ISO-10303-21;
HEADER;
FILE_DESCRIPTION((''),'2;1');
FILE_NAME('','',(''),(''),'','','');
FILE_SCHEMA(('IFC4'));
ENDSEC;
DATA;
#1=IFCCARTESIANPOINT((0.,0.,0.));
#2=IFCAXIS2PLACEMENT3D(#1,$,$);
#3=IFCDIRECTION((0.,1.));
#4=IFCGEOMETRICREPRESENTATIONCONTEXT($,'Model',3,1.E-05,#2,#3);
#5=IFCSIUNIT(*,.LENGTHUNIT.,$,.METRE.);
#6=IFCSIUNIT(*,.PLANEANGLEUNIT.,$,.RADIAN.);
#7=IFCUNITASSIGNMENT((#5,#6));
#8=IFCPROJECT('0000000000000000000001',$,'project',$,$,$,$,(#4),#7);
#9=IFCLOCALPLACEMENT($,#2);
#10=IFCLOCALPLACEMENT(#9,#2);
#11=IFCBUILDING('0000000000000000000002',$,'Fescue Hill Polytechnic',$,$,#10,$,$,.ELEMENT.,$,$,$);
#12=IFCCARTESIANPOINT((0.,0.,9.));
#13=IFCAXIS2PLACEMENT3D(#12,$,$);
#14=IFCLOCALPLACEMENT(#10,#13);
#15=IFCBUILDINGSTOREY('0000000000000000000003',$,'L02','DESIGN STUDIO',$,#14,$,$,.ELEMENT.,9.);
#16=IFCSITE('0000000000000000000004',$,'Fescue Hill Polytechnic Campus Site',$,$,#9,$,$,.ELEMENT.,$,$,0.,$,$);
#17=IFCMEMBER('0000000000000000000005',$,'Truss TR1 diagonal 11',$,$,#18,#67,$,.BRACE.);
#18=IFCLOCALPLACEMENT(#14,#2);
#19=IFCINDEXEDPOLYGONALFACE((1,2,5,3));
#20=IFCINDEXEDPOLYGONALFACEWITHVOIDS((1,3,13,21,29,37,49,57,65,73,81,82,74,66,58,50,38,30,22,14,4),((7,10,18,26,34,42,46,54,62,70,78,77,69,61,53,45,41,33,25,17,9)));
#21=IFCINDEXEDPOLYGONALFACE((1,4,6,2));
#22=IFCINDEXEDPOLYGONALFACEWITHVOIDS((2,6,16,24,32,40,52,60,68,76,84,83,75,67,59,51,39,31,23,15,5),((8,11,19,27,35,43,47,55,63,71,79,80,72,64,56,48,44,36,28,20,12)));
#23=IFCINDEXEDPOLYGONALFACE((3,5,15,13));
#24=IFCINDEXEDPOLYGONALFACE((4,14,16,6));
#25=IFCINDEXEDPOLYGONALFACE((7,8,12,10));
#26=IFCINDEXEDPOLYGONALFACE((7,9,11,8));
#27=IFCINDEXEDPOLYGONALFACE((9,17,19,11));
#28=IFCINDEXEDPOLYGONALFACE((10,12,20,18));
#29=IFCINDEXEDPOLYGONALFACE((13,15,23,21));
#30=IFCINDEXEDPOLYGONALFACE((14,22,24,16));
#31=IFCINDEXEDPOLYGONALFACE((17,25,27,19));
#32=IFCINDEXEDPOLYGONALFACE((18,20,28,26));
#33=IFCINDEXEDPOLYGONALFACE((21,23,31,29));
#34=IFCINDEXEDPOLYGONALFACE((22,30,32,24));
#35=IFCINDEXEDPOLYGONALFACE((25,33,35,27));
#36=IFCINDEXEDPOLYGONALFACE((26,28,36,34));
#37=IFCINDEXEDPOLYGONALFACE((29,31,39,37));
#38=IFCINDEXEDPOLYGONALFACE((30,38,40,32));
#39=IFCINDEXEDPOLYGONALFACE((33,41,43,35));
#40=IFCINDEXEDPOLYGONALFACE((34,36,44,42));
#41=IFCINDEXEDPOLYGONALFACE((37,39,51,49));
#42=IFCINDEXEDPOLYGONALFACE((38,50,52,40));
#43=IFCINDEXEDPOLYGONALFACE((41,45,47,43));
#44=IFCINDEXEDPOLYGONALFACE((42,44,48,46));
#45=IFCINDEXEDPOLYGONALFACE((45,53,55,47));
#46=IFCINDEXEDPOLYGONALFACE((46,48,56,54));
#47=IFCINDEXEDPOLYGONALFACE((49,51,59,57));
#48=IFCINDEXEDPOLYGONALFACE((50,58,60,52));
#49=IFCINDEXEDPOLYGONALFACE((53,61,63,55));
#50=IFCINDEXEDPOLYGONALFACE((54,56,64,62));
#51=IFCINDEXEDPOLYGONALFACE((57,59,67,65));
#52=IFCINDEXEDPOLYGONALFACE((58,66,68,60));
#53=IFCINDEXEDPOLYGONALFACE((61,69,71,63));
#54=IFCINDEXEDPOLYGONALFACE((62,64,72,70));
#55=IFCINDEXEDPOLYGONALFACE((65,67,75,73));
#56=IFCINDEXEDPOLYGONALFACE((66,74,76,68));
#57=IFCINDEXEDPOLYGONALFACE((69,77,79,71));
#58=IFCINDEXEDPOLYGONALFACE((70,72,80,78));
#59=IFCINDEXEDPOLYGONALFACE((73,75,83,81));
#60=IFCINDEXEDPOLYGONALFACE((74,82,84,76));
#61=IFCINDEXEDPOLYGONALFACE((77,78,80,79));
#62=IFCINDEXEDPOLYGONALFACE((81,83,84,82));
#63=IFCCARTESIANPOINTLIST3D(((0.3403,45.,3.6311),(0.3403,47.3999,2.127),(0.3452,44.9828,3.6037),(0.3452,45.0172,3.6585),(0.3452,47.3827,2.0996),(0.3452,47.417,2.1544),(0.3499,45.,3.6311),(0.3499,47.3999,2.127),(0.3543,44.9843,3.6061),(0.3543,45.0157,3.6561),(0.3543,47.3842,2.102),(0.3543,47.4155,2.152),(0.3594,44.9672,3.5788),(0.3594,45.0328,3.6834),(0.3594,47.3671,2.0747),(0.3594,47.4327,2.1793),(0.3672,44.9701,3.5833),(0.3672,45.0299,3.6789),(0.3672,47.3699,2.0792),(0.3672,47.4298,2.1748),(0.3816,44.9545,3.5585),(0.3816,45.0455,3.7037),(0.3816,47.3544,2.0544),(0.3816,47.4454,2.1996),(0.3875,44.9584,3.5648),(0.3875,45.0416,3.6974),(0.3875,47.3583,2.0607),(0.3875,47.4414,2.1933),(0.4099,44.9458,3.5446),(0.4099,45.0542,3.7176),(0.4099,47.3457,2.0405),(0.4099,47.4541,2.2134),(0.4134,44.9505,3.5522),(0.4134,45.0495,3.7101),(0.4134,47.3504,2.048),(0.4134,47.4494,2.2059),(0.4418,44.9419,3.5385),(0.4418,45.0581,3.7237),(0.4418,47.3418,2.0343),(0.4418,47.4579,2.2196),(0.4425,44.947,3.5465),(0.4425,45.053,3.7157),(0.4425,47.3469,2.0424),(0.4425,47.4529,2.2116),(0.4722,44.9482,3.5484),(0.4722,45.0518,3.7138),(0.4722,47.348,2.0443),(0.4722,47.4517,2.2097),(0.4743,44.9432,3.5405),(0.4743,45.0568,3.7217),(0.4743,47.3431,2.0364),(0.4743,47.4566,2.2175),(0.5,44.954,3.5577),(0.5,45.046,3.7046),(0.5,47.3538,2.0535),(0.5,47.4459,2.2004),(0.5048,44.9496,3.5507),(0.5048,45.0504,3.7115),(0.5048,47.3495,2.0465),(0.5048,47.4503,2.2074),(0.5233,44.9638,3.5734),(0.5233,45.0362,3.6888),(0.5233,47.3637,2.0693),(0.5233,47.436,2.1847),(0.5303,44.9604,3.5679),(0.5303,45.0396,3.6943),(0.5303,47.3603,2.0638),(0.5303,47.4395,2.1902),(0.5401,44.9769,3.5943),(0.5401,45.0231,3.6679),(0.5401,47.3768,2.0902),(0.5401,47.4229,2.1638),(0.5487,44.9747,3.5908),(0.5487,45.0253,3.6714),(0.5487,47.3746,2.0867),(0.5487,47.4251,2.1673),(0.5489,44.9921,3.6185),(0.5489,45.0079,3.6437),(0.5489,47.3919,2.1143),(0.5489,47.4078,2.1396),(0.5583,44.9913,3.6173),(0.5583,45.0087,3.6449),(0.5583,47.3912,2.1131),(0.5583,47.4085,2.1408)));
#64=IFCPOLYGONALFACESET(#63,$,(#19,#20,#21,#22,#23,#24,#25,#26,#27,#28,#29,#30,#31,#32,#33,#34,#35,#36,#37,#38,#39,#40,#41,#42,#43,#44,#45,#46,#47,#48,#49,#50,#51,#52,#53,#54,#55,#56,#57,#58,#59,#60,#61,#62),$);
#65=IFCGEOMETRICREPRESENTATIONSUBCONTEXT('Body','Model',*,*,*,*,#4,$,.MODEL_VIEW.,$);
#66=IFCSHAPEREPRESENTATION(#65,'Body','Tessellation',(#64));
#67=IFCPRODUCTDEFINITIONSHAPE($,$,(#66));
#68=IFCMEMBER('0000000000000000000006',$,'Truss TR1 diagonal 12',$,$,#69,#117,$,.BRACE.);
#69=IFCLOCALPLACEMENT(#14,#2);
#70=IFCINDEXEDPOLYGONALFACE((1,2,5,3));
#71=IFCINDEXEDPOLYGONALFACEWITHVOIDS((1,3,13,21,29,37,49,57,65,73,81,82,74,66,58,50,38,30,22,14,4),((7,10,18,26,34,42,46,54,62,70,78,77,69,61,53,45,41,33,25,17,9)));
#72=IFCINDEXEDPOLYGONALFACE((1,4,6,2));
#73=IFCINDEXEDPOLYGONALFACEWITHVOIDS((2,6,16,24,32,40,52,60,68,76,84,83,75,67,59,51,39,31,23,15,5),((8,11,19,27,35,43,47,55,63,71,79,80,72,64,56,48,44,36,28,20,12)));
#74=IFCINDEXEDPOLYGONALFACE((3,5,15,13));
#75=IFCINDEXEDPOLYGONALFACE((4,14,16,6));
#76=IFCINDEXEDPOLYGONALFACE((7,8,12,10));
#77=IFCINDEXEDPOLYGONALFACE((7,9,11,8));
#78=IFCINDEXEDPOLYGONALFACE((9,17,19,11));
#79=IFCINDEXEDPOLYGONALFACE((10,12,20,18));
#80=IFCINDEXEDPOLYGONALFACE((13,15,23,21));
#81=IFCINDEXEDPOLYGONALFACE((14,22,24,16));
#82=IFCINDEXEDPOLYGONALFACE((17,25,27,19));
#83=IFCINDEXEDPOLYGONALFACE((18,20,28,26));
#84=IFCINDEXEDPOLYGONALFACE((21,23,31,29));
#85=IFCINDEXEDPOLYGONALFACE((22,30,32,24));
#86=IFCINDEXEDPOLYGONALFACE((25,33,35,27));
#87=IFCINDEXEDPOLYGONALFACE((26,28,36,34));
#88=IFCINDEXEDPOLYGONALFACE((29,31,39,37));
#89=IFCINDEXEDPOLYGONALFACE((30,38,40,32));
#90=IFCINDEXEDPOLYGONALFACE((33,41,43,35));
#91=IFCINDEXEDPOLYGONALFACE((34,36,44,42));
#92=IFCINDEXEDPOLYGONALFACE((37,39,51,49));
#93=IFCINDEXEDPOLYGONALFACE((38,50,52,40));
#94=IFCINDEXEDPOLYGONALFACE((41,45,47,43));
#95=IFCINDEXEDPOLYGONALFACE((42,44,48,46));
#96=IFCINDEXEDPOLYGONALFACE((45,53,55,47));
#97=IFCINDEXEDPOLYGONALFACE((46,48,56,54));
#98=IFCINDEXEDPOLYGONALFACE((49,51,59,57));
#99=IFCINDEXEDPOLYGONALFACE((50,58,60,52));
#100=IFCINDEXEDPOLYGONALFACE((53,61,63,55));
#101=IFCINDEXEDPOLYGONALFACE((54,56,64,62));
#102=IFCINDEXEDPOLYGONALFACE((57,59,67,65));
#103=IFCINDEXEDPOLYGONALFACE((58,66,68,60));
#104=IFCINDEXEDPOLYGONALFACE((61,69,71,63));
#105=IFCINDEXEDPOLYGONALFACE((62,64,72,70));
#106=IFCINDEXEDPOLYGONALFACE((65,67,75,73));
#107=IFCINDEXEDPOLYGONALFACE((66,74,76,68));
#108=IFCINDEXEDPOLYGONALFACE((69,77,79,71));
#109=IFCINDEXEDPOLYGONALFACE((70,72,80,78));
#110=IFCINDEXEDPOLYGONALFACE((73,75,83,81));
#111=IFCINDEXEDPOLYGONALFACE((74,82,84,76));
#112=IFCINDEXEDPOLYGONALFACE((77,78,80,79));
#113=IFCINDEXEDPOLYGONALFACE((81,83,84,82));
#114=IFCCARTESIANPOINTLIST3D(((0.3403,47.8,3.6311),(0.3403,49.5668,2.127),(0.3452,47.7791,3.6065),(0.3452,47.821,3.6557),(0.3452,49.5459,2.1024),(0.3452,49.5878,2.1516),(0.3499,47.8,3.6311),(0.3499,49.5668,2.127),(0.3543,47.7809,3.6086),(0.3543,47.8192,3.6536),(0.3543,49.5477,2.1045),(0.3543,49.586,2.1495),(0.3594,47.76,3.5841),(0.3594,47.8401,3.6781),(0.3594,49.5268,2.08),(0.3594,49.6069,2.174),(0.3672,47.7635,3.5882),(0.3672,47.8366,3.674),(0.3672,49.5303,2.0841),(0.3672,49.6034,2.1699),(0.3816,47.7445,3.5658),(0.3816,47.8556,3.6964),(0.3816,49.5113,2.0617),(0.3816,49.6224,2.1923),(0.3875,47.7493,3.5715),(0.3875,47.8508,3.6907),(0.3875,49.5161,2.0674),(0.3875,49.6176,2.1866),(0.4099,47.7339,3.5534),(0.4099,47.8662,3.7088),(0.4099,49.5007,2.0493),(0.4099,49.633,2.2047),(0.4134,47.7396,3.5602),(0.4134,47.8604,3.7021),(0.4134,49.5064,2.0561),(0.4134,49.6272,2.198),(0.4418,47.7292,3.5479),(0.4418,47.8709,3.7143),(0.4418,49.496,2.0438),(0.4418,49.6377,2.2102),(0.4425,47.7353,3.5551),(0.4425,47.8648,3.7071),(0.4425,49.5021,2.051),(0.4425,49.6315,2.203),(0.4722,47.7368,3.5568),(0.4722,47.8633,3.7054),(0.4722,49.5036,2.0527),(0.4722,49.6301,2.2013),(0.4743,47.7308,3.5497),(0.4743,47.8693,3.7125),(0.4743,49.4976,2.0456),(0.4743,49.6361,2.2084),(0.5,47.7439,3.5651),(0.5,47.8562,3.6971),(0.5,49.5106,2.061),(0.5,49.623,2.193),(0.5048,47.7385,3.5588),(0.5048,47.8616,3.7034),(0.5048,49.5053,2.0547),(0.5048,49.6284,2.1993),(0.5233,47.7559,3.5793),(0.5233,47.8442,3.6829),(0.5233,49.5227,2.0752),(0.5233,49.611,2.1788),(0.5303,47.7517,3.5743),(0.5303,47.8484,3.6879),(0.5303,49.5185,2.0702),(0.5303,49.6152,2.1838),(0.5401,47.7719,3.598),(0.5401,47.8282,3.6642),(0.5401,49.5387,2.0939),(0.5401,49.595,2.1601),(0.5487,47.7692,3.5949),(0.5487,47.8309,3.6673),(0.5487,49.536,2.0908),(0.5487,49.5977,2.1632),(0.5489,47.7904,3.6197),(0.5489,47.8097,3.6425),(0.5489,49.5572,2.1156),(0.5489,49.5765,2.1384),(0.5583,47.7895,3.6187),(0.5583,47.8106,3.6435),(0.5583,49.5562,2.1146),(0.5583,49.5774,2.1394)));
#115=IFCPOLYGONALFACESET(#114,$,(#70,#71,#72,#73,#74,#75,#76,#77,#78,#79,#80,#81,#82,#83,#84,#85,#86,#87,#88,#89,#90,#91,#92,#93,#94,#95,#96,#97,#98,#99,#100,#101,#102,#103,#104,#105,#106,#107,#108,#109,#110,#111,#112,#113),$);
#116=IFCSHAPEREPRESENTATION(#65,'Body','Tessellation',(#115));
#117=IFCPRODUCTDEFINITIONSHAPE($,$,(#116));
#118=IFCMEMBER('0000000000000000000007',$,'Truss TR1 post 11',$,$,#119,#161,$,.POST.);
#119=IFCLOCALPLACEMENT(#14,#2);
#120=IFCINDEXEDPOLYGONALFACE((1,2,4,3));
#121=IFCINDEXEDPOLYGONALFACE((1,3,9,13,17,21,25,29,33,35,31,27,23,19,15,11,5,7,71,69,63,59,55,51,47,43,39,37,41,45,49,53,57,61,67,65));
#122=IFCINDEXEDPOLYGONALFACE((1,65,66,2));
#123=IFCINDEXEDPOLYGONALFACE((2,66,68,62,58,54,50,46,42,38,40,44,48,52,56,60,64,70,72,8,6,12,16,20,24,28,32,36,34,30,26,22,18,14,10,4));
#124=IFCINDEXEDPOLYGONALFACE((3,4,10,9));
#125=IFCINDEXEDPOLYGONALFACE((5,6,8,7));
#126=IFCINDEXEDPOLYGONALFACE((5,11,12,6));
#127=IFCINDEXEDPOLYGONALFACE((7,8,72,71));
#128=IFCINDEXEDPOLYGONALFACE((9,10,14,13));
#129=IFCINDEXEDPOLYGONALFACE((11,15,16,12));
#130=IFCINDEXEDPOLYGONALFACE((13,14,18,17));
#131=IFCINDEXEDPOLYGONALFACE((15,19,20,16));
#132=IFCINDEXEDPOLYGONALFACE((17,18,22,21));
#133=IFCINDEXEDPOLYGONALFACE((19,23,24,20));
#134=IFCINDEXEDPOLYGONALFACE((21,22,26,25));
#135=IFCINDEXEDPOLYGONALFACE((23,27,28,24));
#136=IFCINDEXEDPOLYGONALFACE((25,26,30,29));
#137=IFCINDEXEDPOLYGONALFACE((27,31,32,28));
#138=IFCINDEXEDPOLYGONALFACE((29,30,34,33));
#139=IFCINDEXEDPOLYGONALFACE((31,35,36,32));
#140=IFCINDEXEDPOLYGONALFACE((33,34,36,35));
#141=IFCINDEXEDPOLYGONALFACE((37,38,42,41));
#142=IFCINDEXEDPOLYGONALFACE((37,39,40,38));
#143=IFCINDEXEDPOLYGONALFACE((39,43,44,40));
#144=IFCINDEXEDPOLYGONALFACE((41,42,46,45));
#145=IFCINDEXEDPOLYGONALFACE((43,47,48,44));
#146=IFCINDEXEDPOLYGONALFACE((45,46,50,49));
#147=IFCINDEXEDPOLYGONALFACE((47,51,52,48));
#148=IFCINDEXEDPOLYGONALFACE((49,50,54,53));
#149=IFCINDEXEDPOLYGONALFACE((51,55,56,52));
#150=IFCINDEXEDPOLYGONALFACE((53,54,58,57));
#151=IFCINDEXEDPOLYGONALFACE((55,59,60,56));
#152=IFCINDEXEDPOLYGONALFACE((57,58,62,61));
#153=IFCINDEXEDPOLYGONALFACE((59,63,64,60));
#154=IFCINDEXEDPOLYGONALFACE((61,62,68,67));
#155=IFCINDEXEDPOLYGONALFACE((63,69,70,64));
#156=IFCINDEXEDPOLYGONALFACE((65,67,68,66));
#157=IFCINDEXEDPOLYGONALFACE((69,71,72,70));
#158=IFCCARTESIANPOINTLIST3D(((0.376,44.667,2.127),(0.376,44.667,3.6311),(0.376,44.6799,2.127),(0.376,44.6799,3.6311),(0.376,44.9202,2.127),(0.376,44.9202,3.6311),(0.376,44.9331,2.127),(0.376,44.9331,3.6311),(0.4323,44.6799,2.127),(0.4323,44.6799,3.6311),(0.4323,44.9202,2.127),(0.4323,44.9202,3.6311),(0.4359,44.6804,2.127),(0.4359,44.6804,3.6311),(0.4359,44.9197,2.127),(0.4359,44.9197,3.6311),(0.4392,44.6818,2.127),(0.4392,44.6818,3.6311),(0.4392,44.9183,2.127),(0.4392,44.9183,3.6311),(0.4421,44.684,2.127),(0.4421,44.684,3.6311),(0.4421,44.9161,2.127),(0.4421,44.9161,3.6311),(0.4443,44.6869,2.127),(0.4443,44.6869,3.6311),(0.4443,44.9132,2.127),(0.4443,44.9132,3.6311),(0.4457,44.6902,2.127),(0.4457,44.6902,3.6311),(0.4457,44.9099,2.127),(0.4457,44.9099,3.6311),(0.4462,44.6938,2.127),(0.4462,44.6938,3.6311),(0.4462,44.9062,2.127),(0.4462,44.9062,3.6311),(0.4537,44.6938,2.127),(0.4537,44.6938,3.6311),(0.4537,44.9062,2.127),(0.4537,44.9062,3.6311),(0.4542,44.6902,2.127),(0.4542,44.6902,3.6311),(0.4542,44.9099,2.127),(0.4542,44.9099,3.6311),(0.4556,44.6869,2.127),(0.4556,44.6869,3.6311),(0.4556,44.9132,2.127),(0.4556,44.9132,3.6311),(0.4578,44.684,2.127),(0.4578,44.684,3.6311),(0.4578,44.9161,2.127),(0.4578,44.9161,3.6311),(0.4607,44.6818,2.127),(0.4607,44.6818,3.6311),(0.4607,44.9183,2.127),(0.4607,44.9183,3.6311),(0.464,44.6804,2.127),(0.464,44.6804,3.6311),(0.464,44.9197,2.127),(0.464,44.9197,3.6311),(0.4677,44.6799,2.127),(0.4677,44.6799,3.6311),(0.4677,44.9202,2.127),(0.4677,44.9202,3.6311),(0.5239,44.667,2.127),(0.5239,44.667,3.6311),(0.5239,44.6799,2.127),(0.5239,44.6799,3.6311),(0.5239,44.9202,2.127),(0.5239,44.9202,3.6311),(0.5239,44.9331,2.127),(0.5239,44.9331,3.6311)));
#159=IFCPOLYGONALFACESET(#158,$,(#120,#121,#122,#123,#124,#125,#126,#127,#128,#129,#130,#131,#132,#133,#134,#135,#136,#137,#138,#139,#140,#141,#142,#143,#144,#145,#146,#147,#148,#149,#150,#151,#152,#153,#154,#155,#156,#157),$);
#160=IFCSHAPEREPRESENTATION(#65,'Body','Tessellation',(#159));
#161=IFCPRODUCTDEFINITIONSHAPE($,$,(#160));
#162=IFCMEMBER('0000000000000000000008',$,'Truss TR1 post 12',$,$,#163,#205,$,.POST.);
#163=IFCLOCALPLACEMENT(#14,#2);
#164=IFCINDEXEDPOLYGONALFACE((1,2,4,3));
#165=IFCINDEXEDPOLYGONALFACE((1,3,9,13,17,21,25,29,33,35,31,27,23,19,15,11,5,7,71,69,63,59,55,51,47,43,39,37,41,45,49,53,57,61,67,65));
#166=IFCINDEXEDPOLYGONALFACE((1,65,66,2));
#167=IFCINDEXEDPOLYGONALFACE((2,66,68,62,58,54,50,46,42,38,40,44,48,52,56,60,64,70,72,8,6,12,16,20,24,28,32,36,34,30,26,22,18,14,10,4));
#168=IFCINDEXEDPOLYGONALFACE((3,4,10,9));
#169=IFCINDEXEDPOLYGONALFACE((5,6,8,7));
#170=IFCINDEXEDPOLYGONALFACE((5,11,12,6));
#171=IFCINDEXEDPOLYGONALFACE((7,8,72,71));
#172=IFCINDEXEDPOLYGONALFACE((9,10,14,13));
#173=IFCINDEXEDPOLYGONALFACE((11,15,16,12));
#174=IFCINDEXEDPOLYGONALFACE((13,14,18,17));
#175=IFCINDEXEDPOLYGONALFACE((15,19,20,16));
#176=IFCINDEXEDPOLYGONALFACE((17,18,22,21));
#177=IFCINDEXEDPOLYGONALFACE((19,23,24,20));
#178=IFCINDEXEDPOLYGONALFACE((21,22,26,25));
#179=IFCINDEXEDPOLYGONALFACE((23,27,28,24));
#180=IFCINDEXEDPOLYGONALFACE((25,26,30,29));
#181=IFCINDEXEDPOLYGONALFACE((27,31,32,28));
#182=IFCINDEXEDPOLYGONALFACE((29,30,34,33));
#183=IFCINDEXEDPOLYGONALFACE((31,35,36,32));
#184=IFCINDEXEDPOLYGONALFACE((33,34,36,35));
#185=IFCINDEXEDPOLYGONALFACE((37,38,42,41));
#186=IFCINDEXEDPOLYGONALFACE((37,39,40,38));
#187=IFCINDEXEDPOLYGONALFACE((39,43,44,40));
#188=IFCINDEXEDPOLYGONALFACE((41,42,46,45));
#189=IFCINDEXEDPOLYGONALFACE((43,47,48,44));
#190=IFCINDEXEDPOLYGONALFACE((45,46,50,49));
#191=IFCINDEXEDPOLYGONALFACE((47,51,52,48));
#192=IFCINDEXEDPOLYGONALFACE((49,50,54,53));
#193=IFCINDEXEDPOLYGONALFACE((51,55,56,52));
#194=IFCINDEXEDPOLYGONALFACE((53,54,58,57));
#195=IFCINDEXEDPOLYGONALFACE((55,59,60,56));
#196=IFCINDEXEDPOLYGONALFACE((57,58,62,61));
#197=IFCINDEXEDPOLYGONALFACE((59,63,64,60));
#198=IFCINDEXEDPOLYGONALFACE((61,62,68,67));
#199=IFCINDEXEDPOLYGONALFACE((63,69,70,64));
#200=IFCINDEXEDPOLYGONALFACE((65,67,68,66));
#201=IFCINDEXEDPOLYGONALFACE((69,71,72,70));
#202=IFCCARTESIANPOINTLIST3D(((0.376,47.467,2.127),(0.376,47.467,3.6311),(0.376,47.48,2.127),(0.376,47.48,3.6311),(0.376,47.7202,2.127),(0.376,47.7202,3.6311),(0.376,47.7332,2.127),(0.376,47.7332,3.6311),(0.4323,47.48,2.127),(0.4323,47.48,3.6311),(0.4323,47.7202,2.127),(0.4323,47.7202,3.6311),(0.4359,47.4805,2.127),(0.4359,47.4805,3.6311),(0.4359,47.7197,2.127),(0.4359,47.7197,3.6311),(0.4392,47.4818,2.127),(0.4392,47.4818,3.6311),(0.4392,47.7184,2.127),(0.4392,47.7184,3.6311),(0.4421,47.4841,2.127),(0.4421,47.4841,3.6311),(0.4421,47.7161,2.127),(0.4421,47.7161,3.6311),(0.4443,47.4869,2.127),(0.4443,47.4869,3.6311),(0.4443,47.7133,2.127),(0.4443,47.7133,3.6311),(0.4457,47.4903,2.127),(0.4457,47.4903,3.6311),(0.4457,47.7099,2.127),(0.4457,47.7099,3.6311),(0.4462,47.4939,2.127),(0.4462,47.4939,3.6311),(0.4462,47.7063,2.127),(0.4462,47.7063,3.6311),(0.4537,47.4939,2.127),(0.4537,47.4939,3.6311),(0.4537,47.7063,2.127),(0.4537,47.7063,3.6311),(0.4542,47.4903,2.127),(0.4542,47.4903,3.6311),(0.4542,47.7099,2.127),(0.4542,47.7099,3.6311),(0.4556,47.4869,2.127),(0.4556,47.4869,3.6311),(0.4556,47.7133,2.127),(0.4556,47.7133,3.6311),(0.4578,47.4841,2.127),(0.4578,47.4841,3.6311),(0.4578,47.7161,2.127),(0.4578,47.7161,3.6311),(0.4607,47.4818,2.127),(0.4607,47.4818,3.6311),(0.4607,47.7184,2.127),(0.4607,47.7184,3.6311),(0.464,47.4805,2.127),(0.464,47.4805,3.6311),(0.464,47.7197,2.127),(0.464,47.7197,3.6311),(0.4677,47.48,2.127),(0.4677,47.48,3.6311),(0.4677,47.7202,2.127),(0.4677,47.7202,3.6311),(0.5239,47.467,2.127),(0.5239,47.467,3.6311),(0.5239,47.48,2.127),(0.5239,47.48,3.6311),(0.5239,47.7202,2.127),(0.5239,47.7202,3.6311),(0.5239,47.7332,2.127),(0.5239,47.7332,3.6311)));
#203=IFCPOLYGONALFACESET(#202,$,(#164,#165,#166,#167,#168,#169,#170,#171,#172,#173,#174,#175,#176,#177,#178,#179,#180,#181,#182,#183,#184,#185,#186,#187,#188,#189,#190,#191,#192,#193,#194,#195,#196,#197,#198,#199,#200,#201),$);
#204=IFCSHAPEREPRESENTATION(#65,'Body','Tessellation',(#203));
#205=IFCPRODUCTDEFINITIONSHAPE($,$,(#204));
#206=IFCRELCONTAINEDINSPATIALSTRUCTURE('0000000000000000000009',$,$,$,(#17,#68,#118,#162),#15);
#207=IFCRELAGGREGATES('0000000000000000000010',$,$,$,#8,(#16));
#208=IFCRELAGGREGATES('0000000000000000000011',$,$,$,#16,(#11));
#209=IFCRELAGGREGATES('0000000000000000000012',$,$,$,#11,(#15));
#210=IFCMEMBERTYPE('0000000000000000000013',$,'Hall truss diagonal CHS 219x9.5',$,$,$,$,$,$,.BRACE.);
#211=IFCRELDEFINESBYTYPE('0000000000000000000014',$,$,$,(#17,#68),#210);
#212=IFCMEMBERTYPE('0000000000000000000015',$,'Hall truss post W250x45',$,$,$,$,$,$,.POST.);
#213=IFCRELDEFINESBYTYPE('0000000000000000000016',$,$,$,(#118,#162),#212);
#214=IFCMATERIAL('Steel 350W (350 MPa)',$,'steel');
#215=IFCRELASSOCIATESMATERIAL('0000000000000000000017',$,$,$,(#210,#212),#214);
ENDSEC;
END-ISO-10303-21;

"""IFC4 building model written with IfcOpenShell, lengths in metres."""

from ifc_helpers import new_model, si_unit, direction, frame, origin, origin_2d, place, context, subcontext, project, spatial, hollow_circle, i_section, extrude, material, material_profile, profile_set, type_object, element, save


model = new_model("IFC4")

# Units and contexts
model_context = context("Model", 3, precision=1e-05, world=origin(), true_north=direction((0.0, 1.0)))
body_context = subcontext(model_context, "Body", "Model", "MODEL_VIEW")
ifc_project = project(units=[si_unit("LENGTHUNIT", "METRE"), si_unit("PLANEANGLEUNIT", "RADIAN")], contexts=[model_context])

# Site, building, storey
site_placement = place(None, origin())
site = spatial("IfcSite", under=ifc_project, at=site_placement, Name="Fescue Hill Polytechnic Campus Site", CompositionType="ELEMENT", RefElevation=0.0)
building_placement = place(site_placement, origin())
building = spatial("IfcBuilding", under=site, at=building_placement, Name="Fescue Hill Polytechnic", CompositionType="ELEMENT")
storey_placement = place(building_placement, frame((0.0, 0.0, 9.0)))
storey = spatial("IfcBuildingStorey", under=building, at=storey_placement, Name="L02", Description="DESIGN STUDIO", CompositionType="ELEMENT", Elevation=9.0)

# Members
ifc_material_1 = material(Name="Steel 350W (350 MPa)", Category="steel")
ifc_material_profile_1 = material_profile(ifc_material_1, hollow_circle(Radius=0.1096, WallThickness=0.0095, at=origin_2d()), Name="Hall truss diagonal CHS 219x9.5")
ifc_profile_set_1 = profile_set([ifc_material_profile_1], Name="Steel 350W (350 MPa)")
member_type_1 = type_object("IfcMemberType", Name="Hall truss diagonal CHS 219x9.5", PredefinedType="BRACE", material=ifc_profile_set_1)
member_1_placement = place(storey_placement, frame((0.45, 45.0, 3.6311), z_axis=(0.0, 0.847329, -0.531068), x_axis=(-1.0, 0.0, 0.0)))
element("IfcMember", 1, at=member_1_placement, inside=storey, type_object=member_type_1, Name="Truss TR1 diagonal 11", PredefinedType="BRACE", context=body_context, shape_type="SweptSolid", body=[
    extrude(hollow_circle(Radius=0.1096, WallThickness=0.0095, at=origin_2d()), origin(), (0.0, 0.0, 1.0), 2.8323),
])
member_2_placement = place(storey_placement, frame((0.45, 47.8, 3.6311), z_axis=(0.0, 0.761443, -0.648232), x_axis=(-1.0, 0.0, 0.0)))
element("IfcMember", 2, at=member_2_placement, inside=storey, type_object=member_type_1, Name="Truss TR1 diagonal 12", PredefinedType="BRACE", context=body_context, shape_type="SweptSolid", body=[
    extrude(hollow_circle(Radius=0.1096, WallThickness=0.0095, at=origin_2d()), origin(), (0.0, 0.0, 1.0), 2.3203),
])
ifc_material_profile_2 = material_profile(ifc_material_1, i_section(OverallWidth=0.1479, OverallDepth=0.2661, WebThickness=0.0076, FlangeThickness=0.0129, FilletRadius=0.0139, at=origin_2d()), Name="W250x45")
ifc_profile_set_2 = profile_set([ifc_material_profile_2], Name="Steel 350W (350 MPa)")
member_type_2 = type_object("IfcMemberType", Name="Hall truss post W250x45", PredefinedType="POST", material=ifc_profile_set_2)
for number, where, z_axis, x_axis, name in (
    (3, (0.45, 44.8, 2.127), (0.0, 0.0, 1.0), (1.0, 0.0, 0.0), "Truss TR1 post 11"),
    (4, (0.45, 47.6001, 2.127), (0.0, 0.0, 1.0), (1.0, 0.0, 0.0), "Truss TR1 post 12"),
):
    element("IfcMember", number, at=place(storey_placement, frame(where, z_axis=z_axis, x_axis=x_axis)), inside=storey, type_object=member_type_2, Name=name, PredefinedType="POST", context=body_context, shape_type="SweptSolid", body=[
        extrude(i_section(OverallWidth=0.1479, OverallDepth=0.2661, WebThickness=0.0076, FlangeThickness=0.0129, FilletRadius=0.0139, at=origin_2d()), origin(), (0.0, 0.0, 1.0), 1.5042),
    ])

save(model, "model.ifc")
